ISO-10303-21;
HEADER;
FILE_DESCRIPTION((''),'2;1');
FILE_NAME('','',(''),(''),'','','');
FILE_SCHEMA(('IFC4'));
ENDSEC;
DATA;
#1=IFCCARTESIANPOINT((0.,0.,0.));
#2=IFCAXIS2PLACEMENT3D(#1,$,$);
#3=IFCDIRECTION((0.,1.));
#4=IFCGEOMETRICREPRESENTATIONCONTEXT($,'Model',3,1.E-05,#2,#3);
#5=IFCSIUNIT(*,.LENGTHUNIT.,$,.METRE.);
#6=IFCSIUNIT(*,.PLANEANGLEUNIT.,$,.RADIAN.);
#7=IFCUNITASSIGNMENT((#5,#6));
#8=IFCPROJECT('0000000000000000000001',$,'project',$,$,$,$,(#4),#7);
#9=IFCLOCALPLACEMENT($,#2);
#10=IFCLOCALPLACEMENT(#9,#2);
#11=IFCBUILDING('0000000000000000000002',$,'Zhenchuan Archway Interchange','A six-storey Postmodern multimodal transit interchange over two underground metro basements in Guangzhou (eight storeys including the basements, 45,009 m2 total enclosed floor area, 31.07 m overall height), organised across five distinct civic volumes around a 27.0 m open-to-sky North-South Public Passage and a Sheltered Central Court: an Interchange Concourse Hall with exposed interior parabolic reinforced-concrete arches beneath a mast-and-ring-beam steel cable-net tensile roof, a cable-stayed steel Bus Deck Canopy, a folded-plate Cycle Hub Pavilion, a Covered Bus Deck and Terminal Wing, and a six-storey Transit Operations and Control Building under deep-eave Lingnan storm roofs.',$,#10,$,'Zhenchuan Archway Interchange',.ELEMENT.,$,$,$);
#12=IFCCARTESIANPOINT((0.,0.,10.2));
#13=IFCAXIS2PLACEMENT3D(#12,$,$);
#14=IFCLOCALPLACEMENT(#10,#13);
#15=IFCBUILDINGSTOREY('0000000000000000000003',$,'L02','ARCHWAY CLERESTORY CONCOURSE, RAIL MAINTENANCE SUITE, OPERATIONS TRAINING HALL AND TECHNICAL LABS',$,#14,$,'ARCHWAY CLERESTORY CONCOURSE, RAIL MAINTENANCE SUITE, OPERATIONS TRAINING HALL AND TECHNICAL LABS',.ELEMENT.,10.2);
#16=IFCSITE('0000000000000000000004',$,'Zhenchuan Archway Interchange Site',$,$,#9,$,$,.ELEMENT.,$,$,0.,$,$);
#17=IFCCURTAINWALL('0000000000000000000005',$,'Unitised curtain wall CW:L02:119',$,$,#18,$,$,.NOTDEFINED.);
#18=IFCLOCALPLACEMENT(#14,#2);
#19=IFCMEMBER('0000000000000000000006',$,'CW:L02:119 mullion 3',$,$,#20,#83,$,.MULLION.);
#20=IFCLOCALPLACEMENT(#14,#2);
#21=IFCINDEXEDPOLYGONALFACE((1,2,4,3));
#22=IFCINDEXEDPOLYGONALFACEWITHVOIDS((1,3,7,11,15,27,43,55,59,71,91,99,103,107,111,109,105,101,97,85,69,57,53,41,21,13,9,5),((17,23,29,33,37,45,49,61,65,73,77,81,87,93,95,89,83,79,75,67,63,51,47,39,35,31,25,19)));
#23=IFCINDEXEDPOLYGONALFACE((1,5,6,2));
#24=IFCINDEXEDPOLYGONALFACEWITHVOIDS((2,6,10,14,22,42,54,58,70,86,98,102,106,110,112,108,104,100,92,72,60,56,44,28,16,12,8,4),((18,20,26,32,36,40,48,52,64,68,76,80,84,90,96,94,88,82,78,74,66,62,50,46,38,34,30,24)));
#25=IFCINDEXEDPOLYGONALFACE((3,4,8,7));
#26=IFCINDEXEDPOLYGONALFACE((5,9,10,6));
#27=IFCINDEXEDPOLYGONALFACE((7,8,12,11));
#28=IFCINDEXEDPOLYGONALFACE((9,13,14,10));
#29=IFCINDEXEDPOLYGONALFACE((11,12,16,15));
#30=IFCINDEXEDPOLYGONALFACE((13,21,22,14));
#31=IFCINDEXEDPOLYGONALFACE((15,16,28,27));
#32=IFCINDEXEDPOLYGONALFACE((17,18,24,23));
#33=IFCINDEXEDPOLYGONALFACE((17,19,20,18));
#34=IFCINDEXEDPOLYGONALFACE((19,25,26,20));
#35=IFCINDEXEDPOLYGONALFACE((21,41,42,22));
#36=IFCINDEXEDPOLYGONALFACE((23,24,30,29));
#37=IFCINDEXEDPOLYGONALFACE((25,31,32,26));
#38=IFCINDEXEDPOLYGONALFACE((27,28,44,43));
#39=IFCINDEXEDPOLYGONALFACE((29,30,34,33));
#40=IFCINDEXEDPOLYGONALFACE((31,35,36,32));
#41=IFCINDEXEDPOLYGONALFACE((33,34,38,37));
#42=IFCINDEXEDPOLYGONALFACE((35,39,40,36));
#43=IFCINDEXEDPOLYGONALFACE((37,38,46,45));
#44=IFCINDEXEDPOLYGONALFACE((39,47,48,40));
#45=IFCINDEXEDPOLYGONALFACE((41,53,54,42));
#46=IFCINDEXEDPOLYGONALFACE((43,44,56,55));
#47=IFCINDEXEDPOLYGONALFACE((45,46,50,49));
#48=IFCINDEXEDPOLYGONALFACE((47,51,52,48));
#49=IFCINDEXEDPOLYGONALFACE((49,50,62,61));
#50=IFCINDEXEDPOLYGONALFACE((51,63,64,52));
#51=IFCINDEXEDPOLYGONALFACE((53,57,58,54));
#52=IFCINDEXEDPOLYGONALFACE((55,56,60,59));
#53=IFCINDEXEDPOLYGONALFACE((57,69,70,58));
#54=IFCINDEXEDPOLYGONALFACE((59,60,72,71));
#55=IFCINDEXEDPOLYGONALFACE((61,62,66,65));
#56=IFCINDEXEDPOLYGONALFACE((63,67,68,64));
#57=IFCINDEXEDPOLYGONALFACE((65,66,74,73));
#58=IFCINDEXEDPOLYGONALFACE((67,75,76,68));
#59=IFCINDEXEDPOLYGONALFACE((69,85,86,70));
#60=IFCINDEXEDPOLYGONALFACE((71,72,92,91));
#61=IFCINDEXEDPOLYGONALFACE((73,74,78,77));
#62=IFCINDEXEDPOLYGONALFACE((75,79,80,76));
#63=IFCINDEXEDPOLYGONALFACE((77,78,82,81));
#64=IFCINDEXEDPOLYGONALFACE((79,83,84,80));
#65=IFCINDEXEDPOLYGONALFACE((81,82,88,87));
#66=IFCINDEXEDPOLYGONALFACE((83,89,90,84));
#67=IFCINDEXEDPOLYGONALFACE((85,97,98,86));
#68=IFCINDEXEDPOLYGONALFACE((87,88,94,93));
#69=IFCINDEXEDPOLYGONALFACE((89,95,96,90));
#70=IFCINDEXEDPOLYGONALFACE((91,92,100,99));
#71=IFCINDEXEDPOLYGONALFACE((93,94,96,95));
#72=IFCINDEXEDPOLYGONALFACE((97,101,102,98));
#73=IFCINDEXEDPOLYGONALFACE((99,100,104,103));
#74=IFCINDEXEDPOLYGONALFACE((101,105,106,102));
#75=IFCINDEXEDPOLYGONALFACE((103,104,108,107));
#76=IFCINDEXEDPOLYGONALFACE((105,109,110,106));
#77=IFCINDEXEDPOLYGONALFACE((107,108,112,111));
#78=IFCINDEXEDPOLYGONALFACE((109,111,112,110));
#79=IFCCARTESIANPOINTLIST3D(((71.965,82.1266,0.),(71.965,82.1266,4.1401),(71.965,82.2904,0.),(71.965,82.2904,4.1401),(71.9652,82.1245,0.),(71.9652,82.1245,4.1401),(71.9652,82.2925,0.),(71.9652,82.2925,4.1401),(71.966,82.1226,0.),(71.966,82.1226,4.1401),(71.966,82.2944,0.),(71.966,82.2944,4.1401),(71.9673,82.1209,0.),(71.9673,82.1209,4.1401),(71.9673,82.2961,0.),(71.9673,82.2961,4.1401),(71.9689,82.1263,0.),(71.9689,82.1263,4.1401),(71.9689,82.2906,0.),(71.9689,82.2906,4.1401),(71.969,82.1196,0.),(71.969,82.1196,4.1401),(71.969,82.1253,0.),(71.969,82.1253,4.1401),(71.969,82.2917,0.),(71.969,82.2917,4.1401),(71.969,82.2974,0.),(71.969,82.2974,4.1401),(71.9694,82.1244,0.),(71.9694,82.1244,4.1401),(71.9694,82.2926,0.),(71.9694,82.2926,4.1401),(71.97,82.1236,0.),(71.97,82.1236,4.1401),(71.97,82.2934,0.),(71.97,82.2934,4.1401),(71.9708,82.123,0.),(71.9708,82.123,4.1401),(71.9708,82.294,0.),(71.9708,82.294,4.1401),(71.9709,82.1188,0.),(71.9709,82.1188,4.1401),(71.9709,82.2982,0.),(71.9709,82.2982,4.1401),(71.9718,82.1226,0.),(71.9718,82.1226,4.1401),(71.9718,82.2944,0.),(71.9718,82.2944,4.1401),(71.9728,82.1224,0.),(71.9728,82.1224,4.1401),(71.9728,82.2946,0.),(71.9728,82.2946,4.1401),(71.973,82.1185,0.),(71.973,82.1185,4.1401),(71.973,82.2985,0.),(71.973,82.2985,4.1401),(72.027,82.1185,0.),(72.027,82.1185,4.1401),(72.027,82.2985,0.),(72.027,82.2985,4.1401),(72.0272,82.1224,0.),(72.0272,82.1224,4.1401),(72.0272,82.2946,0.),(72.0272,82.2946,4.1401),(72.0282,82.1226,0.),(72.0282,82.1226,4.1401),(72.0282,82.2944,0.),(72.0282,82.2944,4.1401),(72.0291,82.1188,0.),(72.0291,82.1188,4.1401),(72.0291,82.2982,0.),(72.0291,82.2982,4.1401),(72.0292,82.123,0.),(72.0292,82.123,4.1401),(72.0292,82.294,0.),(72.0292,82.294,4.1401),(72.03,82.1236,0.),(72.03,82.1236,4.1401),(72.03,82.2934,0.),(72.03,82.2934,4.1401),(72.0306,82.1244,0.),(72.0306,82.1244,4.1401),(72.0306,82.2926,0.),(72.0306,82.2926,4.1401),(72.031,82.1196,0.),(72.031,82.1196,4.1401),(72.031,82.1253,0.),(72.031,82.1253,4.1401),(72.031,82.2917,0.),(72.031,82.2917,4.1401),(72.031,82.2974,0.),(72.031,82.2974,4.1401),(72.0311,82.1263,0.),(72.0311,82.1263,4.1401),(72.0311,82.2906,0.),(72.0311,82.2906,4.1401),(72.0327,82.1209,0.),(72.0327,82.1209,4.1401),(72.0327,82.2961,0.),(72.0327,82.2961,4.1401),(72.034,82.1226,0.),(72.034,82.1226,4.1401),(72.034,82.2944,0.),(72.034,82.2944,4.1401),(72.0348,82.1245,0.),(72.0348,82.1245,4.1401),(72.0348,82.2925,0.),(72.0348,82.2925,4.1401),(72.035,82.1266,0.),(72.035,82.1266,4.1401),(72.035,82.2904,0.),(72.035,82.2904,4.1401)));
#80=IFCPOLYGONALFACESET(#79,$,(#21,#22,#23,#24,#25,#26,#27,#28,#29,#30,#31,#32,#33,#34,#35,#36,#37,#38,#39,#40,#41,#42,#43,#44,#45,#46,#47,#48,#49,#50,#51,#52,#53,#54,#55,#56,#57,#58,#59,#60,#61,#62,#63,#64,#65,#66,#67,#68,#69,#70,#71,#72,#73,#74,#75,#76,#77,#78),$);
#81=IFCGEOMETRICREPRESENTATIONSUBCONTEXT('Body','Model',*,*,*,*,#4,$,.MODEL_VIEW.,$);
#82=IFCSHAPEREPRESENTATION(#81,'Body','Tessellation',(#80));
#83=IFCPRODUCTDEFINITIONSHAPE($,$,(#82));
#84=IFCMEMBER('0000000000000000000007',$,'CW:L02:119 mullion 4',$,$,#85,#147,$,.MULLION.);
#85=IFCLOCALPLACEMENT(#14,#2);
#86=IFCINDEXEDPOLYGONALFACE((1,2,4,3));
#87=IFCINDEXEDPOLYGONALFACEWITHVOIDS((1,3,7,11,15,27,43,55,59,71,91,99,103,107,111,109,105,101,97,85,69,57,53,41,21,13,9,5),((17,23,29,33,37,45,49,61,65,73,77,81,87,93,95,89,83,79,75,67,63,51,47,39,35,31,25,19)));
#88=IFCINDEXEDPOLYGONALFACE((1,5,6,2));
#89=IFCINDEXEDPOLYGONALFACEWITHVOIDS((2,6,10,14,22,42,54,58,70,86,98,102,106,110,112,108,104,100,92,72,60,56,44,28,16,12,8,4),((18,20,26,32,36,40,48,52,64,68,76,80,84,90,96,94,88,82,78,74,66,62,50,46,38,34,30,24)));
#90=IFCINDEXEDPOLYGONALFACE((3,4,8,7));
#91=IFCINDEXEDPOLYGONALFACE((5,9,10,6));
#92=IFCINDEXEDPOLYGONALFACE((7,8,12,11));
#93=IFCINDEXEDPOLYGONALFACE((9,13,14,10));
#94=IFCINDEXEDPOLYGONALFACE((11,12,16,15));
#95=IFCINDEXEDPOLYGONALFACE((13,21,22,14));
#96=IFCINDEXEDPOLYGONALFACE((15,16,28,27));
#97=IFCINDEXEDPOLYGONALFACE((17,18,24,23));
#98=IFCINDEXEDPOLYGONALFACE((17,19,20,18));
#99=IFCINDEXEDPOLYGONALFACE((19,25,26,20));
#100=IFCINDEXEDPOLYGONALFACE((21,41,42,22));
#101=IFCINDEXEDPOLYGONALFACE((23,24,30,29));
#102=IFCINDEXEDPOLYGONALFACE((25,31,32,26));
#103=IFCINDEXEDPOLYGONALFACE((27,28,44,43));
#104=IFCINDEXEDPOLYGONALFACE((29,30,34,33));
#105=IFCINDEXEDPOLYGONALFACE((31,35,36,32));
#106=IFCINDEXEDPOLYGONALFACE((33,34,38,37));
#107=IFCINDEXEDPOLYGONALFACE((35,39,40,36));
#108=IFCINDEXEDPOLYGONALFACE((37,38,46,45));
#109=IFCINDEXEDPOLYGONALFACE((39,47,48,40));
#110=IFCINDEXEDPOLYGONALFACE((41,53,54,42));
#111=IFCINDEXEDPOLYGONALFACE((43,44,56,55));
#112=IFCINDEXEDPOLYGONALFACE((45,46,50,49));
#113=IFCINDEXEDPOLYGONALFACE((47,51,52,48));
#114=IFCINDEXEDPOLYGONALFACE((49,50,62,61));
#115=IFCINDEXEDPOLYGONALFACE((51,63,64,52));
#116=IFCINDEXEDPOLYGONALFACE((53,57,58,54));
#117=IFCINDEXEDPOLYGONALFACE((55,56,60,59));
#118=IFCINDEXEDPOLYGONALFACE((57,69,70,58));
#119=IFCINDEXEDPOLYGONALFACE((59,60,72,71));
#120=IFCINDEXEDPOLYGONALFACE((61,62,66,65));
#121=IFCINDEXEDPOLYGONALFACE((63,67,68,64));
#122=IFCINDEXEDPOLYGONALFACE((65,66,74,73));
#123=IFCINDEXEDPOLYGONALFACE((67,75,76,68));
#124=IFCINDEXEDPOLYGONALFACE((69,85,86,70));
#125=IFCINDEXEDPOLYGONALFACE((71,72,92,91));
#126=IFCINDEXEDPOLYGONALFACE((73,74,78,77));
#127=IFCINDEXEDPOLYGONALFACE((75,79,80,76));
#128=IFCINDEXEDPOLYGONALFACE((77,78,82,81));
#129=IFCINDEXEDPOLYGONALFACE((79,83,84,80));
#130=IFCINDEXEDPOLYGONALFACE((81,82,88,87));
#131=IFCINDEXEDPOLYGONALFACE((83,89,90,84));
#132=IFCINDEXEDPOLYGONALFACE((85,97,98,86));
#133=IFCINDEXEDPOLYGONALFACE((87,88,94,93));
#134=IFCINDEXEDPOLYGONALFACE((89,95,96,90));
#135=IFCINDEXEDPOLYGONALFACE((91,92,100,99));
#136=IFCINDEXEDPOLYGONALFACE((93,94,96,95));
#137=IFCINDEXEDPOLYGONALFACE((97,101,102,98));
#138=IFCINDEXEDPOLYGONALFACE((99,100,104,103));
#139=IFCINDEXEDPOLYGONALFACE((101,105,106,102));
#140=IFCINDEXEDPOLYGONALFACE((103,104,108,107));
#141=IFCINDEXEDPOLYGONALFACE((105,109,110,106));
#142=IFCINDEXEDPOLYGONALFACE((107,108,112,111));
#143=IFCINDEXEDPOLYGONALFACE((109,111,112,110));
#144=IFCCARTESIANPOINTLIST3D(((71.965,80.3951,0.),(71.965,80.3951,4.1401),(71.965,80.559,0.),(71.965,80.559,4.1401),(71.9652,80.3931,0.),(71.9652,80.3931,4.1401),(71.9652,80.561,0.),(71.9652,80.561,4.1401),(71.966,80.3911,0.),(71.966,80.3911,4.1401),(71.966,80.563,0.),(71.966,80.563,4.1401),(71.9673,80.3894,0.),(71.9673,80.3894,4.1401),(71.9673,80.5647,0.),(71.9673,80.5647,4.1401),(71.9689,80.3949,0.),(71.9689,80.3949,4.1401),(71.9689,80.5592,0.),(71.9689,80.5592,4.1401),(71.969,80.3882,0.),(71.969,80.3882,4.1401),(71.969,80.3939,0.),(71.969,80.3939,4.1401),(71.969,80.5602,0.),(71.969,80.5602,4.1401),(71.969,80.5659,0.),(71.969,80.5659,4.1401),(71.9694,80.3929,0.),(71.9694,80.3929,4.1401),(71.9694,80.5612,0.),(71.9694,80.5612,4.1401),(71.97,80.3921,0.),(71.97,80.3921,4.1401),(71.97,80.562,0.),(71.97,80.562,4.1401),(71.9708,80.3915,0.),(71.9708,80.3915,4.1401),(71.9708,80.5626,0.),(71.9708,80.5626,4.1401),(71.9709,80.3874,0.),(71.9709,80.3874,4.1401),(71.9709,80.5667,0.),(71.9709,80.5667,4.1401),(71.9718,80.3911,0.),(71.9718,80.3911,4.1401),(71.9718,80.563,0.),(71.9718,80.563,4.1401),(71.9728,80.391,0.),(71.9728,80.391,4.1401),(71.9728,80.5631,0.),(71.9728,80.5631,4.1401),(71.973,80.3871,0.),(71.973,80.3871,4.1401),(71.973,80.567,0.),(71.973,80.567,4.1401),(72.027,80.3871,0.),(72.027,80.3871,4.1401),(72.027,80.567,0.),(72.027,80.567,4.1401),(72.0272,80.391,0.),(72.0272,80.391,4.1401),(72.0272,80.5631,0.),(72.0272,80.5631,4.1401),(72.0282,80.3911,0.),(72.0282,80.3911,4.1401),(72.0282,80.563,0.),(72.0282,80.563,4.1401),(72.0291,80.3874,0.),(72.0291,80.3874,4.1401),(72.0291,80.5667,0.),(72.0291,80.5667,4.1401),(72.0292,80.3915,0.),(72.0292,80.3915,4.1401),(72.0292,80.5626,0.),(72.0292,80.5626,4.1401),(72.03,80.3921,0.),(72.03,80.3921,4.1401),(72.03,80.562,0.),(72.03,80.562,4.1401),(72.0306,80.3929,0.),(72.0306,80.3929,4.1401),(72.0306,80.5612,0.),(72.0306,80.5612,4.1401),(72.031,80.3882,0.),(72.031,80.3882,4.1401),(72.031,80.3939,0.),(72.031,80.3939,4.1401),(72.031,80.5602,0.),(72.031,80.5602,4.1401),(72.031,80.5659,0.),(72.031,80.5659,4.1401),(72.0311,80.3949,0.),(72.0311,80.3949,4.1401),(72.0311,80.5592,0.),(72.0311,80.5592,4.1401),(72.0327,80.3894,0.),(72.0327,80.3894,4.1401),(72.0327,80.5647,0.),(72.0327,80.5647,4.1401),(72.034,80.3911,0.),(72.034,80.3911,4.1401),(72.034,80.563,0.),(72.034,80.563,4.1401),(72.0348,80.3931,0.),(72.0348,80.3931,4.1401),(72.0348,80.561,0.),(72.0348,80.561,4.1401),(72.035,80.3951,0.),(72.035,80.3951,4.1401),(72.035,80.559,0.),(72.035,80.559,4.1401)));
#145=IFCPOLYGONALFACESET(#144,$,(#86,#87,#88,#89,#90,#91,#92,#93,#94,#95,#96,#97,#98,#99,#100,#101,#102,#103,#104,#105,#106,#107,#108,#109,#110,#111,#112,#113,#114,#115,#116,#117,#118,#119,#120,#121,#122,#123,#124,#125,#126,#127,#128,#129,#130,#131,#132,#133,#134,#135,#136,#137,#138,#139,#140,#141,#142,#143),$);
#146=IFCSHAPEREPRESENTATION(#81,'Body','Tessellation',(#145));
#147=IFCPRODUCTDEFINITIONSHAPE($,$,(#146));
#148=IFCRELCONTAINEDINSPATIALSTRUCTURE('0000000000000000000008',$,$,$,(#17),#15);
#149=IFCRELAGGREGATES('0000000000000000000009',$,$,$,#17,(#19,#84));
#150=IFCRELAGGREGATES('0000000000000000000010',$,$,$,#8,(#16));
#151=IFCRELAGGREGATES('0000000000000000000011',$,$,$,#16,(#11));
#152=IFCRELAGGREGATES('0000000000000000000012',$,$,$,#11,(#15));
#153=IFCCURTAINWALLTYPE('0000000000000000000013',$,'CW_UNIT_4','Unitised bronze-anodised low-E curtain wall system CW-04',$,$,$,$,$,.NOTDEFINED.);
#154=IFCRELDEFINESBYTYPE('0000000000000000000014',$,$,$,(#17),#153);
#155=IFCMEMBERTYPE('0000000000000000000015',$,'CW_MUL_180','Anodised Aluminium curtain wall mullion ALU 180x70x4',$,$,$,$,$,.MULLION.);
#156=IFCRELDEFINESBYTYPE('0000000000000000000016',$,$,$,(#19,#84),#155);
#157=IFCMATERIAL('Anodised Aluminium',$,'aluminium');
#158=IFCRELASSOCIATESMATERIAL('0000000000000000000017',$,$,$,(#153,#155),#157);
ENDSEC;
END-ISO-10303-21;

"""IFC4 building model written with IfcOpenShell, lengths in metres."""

from ifc_helpers import new_model, si_unit, direction, frame, origin, origin_2d, place, context, subcontext, project, spatial, hollow_rectangle, extrude, material, material_profile, profile_set, type_object, element, aggregate, save


model = new_model("IFC4")

# Units and contexts
model_context = context("Model", 3, precision=1e-05, world=origin(), true_north=direction((0.0, 1.0)))
body_context = subcontext(model_context, "Body", "Model", "MODEL_VIEW")
ifc_project = project(units=[si_unit("LENGTHUNIT", "METRE"), si_unit("PLANEANGLEUNIT", "RADIAN")], contexts=[model_context])

# Site, building, storey
site_placement = place(None, origin())
site = spatial("IfcSite", under=ifc_project, at=site_placement, Name="Zhenchuan Archway Interchange Site", CompositionType="ELEMENT", RefElevation=0.0)
building_placement = place(site_placement, origin())
building = spatial("IfcBuilding", under=site, at=building_placement, Name="Zhenchuan Archway Interchange", Description="A six-storey Postmodern multimodal transit interchange over two underground metro basements in Guangzhou (eight storeys including the basements, 45,009 m2 total enclosed floor area, 31.07 m overall height), organised across five distinct civic volumes around a 27.0 m open-to-sky North-South Public Passage and a Sheltered Central Court: an Interchange Concourse Hall with exposed interior parabolic reinforced-concrete arches beneath a mast-and-ring-beam steel cable-net tensile roof, a cable-stayed steel Bus Deck Canopy, a folded-plate Cycle Hub Pavilion, a Covered Bus Deck and Terminal Wing, and a six-storey Transit Operations and Control Building under deep-eave Lingnan storm roofs.", LongName="Zhenchuan Archway Interchange", CompositionType="ELEMENT")
storey_placement = place(building_placement, frame((0.0, 0.0, 10.2)))
storey = spatial("IfcBuildingStorey", under=building, at=storey_placement, Name="L02", Description="ARCHWAY CLERESTORY CONCOURSE, RAIL MAINTENANCE SUITE, OPERATIONS TRAINING HALL AND TECHNICAL LABS", LongName="ARCHWAY CLERESTORY CONCOURSE, RAIL MAINTENANCE SUITE, OPERATIONS TRAINING HALL AND TECHNICAL LABS", CompositionType="ELEMENT", Elevation=10.2)

# Curtain wall, members
ifc_material_1 = material(Name="Anodised Aluminium", Category="aluminium")
curtain_wall_type = type_object("IfcCurtainWallType", Name="CW_UNIT_4", Description="Unitised bronze-anodised low-E curtain wall system CW-04", PredefinedType="NOTDEFINED", material=ifc_material_1)
curtain_wall_placement = place(storey_placement, origin())
curtain_wall = element("IfcCurtainWall", 1, at=curtain_wall_placement, inside=storey, type_object=curtain_wall_type, Name="Unitised curtain wall CW:L02:119", PredefinedType="NOTDEFINED")
ifc_material_profile_1 = material_profile(ifc_material_1, hollow_rectangle(XDim=0.0701, YDim=0.1799, WallThickness=0.0039, InnerFilletRadius=0.0039, OuterFilletRadius=0.0081, at=origin_2d()), Name="ALU 180x70x4")
ifc_profile_set_1 = profile_set([ifc_material_profile_1], Name="Anodised Aluminium")
member_type_1 = type_object("IfcMemberType", Name="CW_MUL_180", Description="Anodised Aluminium curtain wall mullion ALU 180x70x4", PredefinedType="MULLION", material=ifc_profile_set_1)
member_1_placement = place(storey_placement, frame((72.0, 82.2085, 0.0), z_axis=(0.0, 0.0, 1.0), x_axis=(1.0, 0.0, 0.0)))
member_1 = element("IfcMember", 2, at=member_1_placement, type_object=member_type_1, Name="CW:L02:119 mullion 3", PredefinedType="MULLION", context=body_context, shape_type="SweptSolid", body=[
    extrude(hollow_rectangle(XDim=0.0701, YDim=0.1799, WallThickness=0.0039, InnerFilletRadius=0.0039, OuterFilletRadius=0.0081, at=origin_2d()), origin(), (0.0, 0.0, 1.0), 4.1401),
])
member_2_placement = place(storey_placement, frame((72.0, 80.4771, 0.0), z_axis=(0.0, 0.0, 1.0), x_axis=(1.0, 0.0, 0.0)))
member_2 = element("IfcMember", 3, at=member_2_placement, type_object=member_type_1, Name="CW:L02:119 mullion 4", PredefinedType="MULLION", context=body_context, shape_type="SweptSolid", body=[
    extrude(hollow_rectangle(XDim=0.0701, YDim=0.1799, WallThickness=0.0039, InnerFilletRadius=0.0039, OuterFilletRadius=0.0081, at=origin_2d()), origin(), (0.0, 0.0, 1.0), 4.1401),
])
aggregate(curtain_wall, [member_1, member_2])

save(model, "model.ifc")
